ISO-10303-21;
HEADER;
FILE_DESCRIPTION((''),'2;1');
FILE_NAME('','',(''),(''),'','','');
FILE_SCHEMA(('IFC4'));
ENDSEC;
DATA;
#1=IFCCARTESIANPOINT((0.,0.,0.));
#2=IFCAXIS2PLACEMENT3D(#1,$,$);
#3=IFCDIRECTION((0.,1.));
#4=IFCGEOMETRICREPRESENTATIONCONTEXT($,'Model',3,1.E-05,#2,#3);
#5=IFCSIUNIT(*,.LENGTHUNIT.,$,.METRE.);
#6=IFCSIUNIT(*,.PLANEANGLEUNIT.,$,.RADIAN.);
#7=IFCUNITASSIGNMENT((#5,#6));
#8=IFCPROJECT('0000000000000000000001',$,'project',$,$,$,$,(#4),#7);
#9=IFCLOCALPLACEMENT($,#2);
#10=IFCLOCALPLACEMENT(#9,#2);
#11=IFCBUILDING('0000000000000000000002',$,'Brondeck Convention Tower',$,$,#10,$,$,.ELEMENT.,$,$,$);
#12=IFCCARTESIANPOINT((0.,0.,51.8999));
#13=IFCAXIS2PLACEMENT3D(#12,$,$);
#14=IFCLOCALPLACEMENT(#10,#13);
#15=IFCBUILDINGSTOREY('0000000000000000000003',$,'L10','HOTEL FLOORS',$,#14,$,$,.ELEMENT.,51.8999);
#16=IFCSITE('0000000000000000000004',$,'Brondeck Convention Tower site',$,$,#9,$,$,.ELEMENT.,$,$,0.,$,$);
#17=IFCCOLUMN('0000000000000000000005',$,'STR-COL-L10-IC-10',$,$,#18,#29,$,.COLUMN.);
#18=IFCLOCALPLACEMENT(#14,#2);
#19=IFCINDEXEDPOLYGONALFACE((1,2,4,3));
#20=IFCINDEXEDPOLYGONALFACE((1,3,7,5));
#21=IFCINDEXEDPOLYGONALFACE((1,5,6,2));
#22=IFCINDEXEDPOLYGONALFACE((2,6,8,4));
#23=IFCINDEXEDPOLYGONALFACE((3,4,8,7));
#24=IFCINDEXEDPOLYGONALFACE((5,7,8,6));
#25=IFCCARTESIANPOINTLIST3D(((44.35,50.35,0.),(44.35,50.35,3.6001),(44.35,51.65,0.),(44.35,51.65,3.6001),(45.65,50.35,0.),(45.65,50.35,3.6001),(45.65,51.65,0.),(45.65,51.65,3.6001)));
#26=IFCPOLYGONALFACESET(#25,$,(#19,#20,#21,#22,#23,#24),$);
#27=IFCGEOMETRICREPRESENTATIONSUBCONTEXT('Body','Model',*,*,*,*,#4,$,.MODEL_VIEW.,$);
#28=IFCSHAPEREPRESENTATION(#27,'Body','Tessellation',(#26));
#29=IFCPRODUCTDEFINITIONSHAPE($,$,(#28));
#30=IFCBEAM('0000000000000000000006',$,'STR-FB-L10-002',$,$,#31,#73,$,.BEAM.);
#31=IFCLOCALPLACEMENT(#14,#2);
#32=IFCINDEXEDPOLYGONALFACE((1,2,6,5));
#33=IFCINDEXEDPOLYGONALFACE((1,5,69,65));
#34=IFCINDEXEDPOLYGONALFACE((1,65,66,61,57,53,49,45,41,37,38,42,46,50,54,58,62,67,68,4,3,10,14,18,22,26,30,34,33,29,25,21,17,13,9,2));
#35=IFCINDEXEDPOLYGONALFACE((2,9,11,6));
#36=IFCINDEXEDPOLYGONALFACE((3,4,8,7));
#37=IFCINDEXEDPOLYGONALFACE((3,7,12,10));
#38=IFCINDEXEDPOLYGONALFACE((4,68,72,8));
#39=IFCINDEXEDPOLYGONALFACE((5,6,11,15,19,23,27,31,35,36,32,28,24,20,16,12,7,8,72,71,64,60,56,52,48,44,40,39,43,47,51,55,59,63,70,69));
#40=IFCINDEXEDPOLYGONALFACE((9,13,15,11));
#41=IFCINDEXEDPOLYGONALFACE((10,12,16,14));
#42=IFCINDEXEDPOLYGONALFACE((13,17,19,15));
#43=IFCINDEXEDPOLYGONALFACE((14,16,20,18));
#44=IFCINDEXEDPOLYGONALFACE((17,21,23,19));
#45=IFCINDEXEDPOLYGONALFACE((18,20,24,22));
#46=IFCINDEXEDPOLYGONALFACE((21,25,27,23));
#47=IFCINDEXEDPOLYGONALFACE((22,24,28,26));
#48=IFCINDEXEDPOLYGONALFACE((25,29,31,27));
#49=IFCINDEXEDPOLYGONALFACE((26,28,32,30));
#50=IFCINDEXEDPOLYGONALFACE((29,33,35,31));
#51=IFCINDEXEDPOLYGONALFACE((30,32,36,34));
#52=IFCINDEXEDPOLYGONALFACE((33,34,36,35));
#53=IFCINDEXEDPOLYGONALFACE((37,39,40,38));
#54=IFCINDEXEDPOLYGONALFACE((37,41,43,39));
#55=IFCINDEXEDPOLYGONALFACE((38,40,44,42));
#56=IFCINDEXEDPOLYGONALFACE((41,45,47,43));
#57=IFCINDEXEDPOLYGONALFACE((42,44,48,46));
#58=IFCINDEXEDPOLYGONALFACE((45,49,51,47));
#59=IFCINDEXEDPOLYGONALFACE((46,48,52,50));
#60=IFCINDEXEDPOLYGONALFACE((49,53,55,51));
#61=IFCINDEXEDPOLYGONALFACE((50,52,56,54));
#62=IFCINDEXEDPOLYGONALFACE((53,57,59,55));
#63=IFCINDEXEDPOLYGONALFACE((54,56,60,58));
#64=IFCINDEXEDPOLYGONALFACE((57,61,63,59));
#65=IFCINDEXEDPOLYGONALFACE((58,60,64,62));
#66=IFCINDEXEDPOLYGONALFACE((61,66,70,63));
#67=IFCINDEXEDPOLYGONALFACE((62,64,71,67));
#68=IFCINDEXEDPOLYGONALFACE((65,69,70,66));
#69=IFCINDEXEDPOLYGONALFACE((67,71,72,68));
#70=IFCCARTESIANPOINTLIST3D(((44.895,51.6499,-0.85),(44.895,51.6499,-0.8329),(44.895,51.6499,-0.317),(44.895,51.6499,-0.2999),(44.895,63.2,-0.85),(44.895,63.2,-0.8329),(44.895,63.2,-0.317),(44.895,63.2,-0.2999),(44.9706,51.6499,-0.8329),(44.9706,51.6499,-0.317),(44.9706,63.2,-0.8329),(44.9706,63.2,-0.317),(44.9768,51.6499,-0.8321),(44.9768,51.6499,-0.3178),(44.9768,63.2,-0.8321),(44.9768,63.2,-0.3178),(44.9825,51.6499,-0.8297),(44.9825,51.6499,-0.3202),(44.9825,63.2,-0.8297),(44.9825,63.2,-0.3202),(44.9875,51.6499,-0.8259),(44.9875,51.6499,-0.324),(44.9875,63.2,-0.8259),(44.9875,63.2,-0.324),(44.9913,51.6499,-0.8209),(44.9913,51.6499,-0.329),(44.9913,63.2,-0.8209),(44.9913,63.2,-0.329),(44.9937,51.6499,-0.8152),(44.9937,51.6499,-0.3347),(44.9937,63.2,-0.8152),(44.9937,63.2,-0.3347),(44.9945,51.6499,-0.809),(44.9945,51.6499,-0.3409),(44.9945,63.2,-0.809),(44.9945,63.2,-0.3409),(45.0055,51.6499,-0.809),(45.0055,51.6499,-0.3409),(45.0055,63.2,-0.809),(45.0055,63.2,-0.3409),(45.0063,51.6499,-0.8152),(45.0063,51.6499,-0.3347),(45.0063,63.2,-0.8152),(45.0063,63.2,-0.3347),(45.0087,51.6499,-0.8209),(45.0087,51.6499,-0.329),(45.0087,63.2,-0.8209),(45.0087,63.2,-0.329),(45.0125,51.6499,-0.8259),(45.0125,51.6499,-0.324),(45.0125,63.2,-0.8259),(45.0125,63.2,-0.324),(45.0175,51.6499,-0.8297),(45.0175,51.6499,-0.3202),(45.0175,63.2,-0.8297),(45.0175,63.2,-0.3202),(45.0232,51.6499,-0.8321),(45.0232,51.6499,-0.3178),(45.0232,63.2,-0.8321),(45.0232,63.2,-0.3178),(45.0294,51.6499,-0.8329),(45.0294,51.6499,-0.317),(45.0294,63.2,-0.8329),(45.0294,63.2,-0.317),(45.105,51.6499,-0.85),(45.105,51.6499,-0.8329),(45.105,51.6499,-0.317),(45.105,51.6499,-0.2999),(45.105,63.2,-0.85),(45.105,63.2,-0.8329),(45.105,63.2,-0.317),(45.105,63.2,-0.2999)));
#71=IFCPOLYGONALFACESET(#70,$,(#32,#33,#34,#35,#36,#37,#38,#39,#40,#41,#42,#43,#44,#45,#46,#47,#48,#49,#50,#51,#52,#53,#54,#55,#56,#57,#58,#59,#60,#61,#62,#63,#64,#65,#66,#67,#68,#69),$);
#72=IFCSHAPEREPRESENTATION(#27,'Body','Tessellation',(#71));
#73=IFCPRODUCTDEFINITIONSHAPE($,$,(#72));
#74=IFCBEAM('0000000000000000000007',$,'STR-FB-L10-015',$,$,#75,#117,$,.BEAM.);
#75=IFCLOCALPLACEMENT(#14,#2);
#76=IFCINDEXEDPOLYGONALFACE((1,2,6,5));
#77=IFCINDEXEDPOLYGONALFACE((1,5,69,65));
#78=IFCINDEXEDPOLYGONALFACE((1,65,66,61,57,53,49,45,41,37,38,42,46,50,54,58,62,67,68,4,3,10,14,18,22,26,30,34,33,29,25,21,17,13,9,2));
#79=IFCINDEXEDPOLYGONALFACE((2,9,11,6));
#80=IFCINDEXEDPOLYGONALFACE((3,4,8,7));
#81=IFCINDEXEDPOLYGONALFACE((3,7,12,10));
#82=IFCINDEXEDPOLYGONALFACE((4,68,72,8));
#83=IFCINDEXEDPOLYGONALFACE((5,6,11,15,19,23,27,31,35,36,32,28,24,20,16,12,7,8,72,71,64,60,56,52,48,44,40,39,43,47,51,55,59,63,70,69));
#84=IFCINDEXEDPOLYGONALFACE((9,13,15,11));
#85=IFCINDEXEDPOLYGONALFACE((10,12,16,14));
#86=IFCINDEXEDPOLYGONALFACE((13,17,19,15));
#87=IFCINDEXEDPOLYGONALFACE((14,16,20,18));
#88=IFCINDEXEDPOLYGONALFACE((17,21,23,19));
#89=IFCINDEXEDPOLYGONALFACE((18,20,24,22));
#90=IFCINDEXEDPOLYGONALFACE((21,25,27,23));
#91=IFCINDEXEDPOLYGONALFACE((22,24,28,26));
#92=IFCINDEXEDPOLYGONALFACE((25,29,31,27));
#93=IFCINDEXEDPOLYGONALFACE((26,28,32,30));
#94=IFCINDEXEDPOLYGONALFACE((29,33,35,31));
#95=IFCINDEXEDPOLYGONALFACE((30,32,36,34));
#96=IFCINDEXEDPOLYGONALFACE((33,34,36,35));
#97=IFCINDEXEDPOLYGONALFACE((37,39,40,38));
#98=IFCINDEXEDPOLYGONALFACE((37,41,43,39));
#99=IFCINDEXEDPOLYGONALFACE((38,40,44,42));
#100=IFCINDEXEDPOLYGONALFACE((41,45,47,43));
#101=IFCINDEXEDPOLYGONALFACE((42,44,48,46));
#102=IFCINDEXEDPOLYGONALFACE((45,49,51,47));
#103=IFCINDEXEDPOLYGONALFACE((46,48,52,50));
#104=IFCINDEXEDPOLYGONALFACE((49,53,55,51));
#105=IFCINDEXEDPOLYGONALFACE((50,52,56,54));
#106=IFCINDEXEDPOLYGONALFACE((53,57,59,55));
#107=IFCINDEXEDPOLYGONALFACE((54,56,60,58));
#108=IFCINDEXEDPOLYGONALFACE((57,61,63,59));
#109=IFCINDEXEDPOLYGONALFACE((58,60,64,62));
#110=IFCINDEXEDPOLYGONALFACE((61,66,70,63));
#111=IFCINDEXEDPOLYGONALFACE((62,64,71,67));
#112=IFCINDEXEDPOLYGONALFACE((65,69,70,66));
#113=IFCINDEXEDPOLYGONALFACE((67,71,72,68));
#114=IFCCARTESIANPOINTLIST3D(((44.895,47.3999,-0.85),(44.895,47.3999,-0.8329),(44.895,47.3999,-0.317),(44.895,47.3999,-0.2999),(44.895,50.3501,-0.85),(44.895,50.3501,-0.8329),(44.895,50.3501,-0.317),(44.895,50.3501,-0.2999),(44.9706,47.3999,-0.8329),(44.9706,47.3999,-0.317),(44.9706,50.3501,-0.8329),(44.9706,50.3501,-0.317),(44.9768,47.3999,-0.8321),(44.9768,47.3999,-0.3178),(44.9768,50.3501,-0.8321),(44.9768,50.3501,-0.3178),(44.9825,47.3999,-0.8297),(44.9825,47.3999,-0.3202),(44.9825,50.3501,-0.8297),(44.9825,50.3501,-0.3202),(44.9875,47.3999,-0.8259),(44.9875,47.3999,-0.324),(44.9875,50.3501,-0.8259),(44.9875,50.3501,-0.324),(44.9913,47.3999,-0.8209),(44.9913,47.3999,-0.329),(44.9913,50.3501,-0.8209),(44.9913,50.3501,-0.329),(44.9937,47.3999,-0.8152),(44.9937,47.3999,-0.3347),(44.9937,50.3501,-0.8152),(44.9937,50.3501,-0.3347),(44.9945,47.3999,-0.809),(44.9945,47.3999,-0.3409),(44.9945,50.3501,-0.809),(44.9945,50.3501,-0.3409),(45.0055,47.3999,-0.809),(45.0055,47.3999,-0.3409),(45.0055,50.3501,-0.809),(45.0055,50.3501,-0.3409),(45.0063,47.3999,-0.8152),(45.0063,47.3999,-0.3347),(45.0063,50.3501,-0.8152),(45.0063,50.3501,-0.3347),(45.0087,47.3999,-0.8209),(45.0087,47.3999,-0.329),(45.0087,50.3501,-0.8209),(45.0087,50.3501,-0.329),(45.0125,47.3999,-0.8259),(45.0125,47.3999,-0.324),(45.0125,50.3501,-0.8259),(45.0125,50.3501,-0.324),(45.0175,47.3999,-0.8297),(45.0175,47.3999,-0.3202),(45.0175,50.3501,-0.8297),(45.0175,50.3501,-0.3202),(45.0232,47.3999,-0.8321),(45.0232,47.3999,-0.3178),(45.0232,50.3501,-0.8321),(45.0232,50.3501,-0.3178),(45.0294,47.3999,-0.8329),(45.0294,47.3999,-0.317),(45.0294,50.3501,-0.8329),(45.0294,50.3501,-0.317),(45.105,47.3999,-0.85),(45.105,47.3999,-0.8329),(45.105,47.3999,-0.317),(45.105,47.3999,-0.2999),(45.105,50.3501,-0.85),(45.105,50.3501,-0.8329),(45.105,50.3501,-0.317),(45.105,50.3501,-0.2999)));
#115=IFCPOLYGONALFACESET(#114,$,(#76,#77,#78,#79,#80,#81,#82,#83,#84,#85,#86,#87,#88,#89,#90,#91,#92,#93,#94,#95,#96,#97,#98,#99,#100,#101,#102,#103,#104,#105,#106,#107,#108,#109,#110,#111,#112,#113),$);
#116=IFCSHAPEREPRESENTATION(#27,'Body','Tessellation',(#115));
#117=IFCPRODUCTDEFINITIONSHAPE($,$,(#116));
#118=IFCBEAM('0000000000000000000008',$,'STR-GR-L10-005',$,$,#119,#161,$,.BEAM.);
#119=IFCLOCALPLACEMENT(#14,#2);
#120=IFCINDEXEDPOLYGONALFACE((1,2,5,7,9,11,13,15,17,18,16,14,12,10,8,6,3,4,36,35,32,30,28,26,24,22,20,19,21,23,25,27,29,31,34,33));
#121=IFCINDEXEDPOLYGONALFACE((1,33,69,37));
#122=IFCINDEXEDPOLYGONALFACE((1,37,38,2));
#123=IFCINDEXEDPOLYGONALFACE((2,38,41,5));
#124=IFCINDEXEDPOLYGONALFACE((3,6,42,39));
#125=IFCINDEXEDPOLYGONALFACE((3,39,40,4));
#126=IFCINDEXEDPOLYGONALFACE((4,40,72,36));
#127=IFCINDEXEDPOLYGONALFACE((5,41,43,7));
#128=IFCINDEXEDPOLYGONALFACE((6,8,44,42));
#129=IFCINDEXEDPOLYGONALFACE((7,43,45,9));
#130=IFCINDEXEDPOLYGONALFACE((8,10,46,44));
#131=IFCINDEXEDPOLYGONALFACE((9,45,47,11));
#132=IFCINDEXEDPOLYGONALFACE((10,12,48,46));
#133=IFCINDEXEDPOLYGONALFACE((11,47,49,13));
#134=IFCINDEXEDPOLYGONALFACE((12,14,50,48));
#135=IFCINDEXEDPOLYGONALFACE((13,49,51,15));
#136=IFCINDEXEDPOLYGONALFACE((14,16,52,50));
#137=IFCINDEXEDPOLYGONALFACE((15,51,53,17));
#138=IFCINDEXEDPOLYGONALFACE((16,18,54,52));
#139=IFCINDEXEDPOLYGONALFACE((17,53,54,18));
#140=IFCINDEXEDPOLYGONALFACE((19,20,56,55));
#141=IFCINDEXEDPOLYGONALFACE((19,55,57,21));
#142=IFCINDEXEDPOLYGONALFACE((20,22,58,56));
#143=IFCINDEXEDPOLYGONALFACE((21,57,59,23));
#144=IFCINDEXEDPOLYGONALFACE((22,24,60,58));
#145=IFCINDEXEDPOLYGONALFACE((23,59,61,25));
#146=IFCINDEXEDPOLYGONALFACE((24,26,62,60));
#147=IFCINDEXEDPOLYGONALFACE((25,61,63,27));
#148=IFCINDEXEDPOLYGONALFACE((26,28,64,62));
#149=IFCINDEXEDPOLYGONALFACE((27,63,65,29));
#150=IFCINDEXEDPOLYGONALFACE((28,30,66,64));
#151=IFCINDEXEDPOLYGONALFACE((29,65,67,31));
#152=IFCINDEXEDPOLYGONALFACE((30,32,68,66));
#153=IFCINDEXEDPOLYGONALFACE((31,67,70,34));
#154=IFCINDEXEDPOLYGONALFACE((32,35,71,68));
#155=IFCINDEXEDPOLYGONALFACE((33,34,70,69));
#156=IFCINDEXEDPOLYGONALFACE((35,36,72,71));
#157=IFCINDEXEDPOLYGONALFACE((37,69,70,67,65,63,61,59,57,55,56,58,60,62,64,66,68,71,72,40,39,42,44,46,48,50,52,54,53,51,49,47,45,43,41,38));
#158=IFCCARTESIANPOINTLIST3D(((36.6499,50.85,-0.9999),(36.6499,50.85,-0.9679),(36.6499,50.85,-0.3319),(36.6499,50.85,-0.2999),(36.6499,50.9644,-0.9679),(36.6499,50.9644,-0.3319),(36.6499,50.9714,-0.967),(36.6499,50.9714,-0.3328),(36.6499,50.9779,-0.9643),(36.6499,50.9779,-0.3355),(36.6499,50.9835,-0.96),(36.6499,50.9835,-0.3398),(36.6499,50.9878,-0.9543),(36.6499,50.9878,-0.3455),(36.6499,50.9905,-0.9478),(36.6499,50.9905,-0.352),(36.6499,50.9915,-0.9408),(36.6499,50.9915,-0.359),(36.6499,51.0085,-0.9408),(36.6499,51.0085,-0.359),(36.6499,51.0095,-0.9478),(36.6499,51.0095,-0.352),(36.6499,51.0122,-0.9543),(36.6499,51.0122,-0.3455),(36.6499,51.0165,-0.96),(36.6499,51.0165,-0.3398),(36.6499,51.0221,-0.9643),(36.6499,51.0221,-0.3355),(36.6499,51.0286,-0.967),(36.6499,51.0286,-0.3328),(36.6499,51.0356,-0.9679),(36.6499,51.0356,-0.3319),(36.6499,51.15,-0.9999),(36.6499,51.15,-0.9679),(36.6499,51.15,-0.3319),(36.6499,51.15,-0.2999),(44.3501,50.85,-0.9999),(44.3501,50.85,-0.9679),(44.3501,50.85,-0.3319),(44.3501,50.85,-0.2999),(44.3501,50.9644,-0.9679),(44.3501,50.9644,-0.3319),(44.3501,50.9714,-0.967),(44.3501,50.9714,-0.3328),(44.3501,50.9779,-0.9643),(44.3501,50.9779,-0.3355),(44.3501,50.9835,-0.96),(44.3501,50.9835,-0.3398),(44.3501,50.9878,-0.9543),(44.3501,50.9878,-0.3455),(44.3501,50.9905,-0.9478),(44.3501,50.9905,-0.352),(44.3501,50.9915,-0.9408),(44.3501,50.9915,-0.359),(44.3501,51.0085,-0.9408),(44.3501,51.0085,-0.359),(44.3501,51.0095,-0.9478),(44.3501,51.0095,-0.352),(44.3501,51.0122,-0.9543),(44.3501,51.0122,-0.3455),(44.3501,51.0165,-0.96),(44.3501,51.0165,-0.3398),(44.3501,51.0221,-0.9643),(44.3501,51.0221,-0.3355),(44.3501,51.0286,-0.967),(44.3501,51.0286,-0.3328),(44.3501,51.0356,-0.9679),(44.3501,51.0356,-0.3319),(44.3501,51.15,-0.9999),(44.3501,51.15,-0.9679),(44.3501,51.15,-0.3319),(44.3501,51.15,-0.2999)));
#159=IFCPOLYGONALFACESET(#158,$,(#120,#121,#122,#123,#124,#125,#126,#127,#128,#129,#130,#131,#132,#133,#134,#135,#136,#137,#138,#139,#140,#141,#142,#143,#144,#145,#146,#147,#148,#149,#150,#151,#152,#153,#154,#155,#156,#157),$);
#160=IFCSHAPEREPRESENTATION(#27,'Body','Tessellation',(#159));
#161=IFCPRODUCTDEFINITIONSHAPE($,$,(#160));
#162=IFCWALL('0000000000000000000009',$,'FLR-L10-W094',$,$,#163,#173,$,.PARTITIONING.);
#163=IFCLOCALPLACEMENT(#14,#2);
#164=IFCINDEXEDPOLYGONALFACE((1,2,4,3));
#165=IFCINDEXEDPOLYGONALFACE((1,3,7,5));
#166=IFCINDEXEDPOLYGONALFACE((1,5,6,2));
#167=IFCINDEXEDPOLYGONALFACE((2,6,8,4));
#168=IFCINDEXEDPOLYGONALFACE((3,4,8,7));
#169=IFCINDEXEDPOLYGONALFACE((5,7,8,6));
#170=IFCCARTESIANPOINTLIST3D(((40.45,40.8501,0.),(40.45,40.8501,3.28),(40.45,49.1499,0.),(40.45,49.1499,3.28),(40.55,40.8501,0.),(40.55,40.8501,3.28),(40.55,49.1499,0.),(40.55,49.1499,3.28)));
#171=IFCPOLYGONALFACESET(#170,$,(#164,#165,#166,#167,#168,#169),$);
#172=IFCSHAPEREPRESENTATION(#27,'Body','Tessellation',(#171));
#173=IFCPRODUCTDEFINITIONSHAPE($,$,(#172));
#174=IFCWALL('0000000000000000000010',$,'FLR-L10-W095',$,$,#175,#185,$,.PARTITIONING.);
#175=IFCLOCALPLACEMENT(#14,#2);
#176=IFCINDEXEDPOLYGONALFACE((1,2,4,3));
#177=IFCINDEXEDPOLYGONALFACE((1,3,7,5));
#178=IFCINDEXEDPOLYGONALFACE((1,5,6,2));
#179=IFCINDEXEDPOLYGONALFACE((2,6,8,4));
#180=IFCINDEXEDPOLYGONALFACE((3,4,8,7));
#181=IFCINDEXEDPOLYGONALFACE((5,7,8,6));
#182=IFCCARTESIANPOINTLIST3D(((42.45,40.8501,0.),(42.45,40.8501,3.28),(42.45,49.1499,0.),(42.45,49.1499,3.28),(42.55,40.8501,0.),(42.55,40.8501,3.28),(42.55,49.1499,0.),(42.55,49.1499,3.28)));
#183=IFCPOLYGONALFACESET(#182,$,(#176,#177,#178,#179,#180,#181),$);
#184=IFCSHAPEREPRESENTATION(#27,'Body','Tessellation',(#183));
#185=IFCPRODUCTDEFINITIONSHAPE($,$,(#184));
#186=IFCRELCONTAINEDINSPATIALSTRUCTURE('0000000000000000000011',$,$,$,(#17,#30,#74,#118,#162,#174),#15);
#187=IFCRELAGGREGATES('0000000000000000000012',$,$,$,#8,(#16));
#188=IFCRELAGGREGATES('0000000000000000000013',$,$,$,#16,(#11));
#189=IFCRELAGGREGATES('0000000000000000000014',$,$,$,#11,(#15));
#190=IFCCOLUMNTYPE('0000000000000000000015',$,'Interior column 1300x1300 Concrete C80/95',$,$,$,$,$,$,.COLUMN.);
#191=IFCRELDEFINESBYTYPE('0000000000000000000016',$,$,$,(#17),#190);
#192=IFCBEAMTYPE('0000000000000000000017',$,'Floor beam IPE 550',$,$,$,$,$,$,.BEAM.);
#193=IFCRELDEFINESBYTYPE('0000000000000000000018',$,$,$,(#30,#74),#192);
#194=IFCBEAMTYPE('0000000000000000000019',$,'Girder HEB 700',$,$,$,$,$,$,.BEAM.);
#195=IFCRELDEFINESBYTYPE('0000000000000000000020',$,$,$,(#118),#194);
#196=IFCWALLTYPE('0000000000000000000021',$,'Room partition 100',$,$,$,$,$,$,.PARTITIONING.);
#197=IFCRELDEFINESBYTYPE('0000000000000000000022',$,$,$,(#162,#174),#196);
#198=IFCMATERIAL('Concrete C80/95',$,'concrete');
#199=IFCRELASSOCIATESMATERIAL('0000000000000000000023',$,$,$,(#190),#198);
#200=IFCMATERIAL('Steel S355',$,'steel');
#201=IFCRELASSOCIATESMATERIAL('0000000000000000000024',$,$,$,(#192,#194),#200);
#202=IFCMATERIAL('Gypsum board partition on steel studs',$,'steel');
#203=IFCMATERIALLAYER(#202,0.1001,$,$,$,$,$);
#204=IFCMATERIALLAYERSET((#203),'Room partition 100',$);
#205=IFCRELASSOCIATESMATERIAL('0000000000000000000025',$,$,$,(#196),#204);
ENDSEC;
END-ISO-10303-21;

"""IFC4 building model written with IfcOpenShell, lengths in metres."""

from ifc_helpers import new_model, si_unit, direction, frame, frame_2d, origin, origin_2d, place, context, subcontext, project, spatial, rectangle, i_section, extrude, material, layer, layer_set, material_profile, profile_set, type_object, element, save


model = new_model("IFC4")

# Units and contexts
model_context = context("Model", 3, precision=1e-05, world=origin(), true_north=direction((0.0, 1.0)))
body_context = subcontext(model_context, "Body", "Model", "MODEL_VIEW")
ifc_project = project(units=[si_unit("LENGTHUNIT", "METRE"), si_unit("PLANEANGLEUNIT", "RADIAN")], contexts=[model_context])

# Site, building, storey
site_placement = place(None, origin())
site = spatial("IfcSite", under=ifc_project, at=site_placement, Name="Brondeck Convention Tower site", CompositionType="ELEMENT", RefElevation=0.0)
building_placement = place(site_placement, origin())
building = spatial("IfcBuilding", under=site, at=building_placement, Name="Brondeck Convention Tower", CompositionType="ELEMENT")
storey_placement = place(building_placement, frame((0.0, 0.0, 51.8999)))
storey = spatial("IfcBuildingStorey", under=building, at=storey_placement, Name="L10", Description="HOTEL FLOORS", CompositionType="ELEMENT", Elevation=51.8999)

# Column
ifc_material_1 = material(Name="Concrete C80/95", Category="concrete")
ifc_material_profile_1 = material_profile(ifc_material_1, rectangle(XDim=1.3, YDim=1.3, at=origin_2d()), Name="Interior column 1300x1300 Concrete C80/95")
ifc_profile_set_1 = profile_set([ifc_material_profile_1], Name="Concrete C80/95")
column_type = type_object("IfcColumnType", Name="Interior column 1300x1300 Concrete C80/95", PredefinedType="COLUMN", material=ifc_profile_set_1)
column_placement = place(storey_placement, frame((45.0, 51.0, 0.0), z_axis=(0.0, 0.0, 1.0), x_axis=(1.0, 0.0, 0.0)))
element("IfcColumn", 1, at=column_placement, inside=storey, type_object=column_type, Name="STR-COL-L10-IC-10", PredefinedType="COLUMN", context=body_context, shape_type="SweptSolid", body=[
    extrude(rectangle(XDim=1.3, YDim=1.3, at=origin_2d()), origin(), (0.0, 0.0, 1.0), 3.6001),
])

# Beams
ifc_material_2 = material(Name="Steel S355", Category="steel")
ifc_material_profile_2 = material_profile(ifc_material_2, i_section(OverallWidth=0.21, OverallDepth=0.55, WebThickness=0.011, FlangeThickness=0.0171, FilletRadius=0.0239, at=origin_2d()), Name="IPE 550")
ifc_profile_set_2 = profile_set([ifc_material_profile_2], Name="Steel S355")
beam_type_1 = type_object("IfcBeamType", Name="Floor beam IPE 550", PredefinedType="BEAM", material=ifc_profile_set_2)
beam_1_placement = place(storey_placement, frame((45.0, 51.6499, -0.575), z_axis=(0.0, 1.0, 0.0), x_axis=(-1.0, 0.0, 0.0)))
element("IfcBeam", 2, at=beam_1_placement, inside=storey, type_object=beam_type_1, Name="STR-FB-L10-002", PredefinedType="BEAM", context=body_context, shape_type="SweptSolid", body=[
    extrude(i_section(OverallWidth=0.21, OverallDepth=0.55, WebThickness=0.011, FlangeThickness=0.0171, FilletRadius=0.0239, at=origin_2d()), origin(), (0.0, 0.0, 1.0), 11.55),
])
beam_2_placement = place(storey_placement, frame((45.0, 47.3999, -0.575), z_axis=(0.0, 1.0, 0.0), x_axis=(-1.0, 0.0, 0.0)))
element("IfcBeam", 3, at=beam_2_placement, inside=storey, type_object=beam_type_1, Name="STR-FB-L10-015", PredefinedType="BEAM", context=body_context, shape_type="SweptSolid", body=[
    extrude(i_section(OverallWidth=0.21, OverallDepth=0.55, WebThickness=0.011, FlangeThickness=0.0171, FilletRadius=0.0239, at=origin_2d()), origin(), (0.0, 0.0, 1.0), 2.9502),
])
ifc_material_profile_3 = material_profile(ifc_material_2, i_section(OverallWidth=0.3, OverallDepth=0.7, WebThickness=0.0171, FlangeThickness=0.032, FilletRadius=0.0271, at=origin_2d()), Name="HEB 700")
ifc_profile_set_3 = profile_set([ifc_material_profile_3], Name="Steel S355")
beam_type_2 = type_object("IfcBeamType", Name="Girder HEB 700", PredefinedType="BEAM", material=ifc_profile_set_3)
beam_3_placement = place(storey_placement, frame((36.6499, 51.0, -0.6499), z_axis=(1.0, 0.0, 0.0), x_axis=(0.0, 1.0, 0.0)))
element("IfcBeam", 4, at=beam_3_placement, inside=storey, type_object=beam_type_2, Name="STR-GR-L10-005", PredefinedType="BEAM", context=body_context, shape_type="SweptSolid", body=[
    extrude(i_section(OverallWidth=0.3, OverallDepth=0.7, WebThickness=0.0171, FlangeThickness=0.032, FilletRadius=0.0271, at=origin_2d()), origin(), (0.0, 0.0, 1.0), 7.7002),
])

# Walls
ifc_material_3 = material(Name="Gypsum board partition on steel studs", Category="steel")
ifc_layer_1 = layer(ifc_material_3, 0.1001)
ifc_layer_set_1 = layer_set([ifc_layer_1], Name="Room partition 100")
wall_type_1 = type_object("IfcWallType", Name="Room partition 100", PredefinedType="PARTITIONING", material=ifc_layer_set_1)
for number, where, z_axis, x_axis, name in (
    (5, (40.5, 49.1499, 0.0), (0.0, 0.0, 1.0), (0.0, -1.0, 0.0), "FLR-L10-W094"),
    (6, (42.5, 49.1499, 0.0), (0.0, 0.0, 1.0), (0.0, -1.0, 0.0), "FLR-L10-W095"),
):
    element("IfcWall", number, at=place(storey_placement, frame(where, z_axis=z_axis, x_axis=x_axis)), inside=storey, type_object=wall_type_1, Name=name, PredefinedType="PARTITIONING", context=body_context, shape_type="SweptSolid", body=[
        extrude(rectangle(XDim=8.2998, YDim=0.1001, at=frame_2d((4.1499, 0.0))), origin(), (0.0, 0.0, 1.0), 3.28),
    ])

save(model, "model.ifc")
